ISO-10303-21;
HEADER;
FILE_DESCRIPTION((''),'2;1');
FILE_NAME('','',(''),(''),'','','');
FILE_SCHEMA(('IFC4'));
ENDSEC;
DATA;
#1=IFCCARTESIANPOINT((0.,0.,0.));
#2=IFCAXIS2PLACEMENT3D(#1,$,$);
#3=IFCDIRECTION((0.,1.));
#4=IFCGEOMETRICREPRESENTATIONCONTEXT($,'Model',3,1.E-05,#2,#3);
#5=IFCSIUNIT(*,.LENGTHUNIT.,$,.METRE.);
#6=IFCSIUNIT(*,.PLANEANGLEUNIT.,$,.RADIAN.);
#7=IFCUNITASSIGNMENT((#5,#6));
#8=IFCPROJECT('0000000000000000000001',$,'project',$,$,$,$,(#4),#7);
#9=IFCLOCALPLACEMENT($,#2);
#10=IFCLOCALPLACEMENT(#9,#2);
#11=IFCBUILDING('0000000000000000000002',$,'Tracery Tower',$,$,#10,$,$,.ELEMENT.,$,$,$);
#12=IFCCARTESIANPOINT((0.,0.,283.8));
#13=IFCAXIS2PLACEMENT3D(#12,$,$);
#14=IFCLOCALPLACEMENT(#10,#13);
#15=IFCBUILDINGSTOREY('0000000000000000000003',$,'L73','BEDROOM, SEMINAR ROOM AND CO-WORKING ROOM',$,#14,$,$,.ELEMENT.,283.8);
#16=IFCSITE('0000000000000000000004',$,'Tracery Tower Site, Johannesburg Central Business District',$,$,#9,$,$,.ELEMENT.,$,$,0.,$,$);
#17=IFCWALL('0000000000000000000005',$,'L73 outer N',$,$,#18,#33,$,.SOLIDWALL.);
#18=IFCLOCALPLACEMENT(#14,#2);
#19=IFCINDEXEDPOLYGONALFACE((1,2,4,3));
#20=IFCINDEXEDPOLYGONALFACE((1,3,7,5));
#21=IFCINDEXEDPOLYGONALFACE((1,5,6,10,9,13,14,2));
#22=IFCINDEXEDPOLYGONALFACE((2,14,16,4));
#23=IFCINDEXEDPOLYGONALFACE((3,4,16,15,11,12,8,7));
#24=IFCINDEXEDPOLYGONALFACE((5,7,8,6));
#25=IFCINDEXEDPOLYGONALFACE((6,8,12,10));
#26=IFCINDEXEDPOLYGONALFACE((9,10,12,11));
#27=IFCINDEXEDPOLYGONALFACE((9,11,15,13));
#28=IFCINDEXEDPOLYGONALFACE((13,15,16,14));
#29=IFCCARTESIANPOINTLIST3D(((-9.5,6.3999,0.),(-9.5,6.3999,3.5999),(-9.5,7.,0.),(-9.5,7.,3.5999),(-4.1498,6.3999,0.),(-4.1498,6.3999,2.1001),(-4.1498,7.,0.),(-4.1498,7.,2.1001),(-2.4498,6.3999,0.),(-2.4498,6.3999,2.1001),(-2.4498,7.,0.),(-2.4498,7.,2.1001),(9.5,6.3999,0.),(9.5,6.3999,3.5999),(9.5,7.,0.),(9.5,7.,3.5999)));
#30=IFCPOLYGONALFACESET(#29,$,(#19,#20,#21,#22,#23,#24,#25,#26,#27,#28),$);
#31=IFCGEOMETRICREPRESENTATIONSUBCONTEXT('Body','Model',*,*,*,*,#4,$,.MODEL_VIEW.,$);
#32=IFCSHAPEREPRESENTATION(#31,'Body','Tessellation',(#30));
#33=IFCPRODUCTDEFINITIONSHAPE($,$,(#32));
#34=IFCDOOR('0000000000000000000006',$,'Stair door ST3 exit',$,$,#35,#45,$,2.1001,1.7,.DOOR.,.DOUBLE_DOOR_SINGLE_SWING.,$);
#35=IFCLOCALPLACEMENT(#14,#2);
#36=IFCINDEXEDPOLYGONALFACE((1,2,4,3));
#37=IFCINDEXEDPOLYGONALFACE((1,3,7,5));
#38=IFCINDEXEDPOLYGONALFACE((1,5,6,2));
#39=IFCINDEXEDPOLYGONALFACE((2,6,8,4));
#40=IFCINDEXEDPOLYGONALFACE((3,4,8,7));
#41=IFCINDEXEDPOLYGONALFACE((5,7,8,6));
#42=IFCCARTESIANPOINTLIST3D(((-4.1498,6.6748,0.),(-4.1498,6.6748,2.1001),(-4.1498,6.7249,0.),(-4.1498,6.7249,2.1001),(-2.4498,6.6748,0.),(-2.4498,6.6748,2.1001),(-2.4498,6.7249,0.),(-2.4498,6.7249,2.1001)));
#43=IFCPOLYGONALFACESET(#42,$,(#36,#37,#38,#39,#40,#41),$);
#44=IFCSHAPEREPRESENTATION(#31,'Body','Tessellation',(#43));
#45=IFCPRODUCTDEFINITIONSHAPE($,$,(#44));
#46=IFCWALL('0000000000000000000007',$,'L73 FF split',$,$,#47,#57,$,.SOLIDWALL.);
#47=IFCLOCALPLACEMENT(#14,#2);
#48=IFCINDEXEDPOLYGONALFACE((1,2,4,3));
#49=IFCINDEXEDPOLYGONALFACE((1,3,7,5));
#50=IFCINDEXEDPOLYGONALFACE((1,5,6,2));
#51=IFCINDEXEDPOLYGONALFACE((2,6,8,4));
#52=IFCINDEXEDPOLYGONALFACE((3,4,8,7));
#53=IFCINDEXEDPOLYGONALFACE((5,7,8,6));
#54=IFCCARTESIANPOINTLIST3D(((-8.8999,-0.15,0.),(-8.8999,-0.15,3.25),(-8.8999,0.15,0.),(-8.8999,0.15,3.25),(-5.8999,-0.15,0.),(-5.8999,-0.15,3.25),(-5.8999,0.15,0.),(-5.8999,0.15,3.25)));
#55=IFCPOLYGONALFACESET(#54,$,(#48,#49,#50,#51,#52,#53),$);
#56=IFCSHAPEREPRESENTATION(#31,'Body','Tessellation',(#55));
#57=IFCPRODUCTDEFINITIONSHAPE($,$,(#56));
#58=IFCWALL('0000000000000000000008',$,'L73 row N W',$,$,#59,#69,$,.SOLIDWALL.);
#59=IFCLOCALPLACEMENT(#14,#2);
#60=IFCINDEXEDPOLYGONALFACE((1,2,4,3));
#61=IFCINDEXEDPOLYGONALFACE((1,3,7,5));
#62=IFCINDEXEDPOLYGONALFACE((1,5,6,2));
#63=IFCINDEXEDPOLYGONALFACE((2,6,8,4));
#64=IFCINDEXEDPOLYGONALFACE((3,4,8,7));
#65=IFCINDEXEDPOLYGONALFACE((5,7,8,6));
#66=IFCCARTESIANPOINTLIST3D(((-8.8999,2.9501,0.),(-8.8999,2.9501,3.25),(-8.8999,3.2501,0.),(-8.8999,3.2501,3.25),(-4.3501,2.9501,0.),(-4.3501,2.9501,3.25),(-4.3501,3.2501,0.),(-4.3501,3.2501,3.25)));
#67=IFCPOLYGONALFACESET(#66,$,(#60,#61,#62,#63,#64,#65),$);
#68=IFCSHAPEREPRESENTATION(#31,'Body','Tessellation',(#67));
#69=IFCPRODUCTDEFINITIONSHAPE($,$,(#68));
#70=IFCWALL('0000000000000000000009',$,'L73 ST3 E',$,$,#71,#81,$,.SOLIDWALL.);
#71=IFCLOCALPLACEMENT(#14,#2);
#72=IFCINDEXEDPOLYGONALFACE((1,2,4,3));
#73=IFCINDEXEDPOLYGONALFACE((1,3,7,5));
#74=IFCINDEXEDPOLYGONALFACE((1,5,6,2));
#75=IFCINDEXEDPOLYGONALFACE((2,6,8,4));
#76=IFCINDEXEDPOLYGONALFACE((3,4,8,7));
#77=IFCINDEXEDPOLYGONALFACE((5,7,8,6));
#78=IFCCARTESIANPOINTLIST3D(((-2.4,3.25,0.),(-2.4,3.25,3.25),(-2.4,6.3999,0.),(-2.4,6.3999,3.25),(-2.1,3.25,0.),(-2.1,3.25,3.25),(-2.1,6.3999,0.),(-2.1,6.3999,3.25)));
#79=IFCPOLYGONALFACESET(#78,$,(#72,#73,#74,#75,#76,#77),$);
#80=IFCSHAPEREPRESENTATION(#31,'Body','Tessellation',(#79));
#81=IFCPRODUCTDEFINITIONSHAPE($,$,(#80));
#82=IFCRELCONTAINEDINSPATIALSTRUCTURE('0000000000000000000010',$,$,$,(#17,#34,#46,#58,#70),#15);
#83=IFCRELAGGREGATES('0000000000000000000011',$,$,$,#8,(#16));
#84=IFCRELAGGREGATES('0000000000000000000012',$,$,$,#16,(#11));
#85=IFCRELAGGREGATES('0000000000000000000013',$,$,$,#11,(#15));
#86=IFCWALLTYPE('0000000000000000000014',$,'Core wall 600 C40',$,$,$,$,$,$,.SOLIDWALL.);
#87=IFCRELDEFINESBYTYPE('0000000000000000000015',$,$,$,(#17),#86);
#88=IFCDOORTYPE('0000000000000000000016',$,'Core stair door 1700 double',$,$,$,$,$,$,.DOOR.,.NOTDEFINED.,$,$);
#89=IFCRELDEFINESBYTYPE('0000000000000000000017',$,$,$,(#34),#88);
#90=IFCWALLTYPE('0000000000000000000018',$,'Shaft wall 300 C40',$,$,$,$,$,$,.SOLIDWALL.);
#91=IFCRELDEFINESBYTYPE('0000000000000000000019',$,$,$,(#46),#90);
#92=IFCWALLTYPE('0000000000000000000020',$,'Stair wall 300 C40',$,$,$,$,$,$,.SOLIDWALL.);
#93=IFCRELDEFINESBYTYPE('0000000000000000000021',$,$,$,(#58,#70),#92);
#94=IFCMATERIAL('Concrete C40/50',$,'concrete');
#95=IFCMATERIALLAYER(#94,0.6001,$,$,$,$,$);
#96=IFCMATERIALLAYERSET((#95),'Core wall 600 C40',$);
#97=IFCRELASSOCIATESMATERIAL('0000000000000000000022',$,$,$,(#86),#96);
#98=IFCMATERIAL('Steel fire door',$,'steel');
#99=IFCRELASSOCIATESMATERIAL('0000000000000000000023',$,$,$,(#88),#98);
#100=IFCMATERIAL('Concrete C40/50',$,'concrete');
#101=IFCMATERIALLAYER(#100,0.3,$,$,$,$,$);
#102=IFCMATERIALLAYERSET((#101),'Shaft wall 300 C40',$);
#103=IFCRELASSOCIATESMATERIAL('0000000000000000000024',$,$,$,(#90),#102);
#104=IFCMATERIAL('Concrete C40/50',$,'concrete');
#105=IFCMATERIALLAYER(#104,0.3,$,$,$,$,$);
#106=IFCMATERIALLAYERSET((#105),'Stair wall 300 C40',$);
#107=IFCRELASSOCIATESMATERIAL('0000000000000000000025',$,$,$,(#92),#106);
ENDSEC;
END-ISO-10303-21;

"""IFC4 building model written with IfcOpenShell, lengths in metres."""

from ifc_helpers import new_model, si_unit, direction, frame, frame_2d, origin, place, context, subcontext, project, spatial, rectangle, extrude, material, layer, layer_set, type_object, element, fill, save


model = new_model("IFC4")

# Units and contexts
model_context = context("Model", 3, precision=1e-05, world=origin(), true_north=direction((0.0, 1.0)))
body_context = subcontext(model_context, "Body", "Model", "MODEL_VIEW")
ifc_project = project(units=[si_unit("LENGTHUNIT", "METRE"), si_unit("PLANEANGLEUNIT", "RADIAN")], contexts=[model_context])

# Site, building, storey
site_placement = place(None, origin())
site = spatial("IfcSite", under=ifc_project, at=site_placement, Name="Tracery Tower Site, Johannesburg Central Business District", CompositionType="ELEMENT", RefElevation=0.0)
building_placement = place(site_placement, origin())
building = spatial("IfcBuilding", under=site, at=building_placement, Name="Tracery Tower", CompositionType="ELEMENT")
storey_placement = place(building_placement, frame((0.0, 0.0, 283.8)))
storey = spatial("IfcBuildingStorey", under=building, at=storey_placement, Name="L73", Description="BEDROOM, SEMINAR ROOM AND CO-WORKING ROOM", CompositionType="ELEMENT", Elevation=283.8)

# Wall, opening, door
ifc_material_1 = material(Name="Concrete C40/50", Category="concrete")
ifc_layer_1 = layer(ifc_material_1, 0.6001)
ifc_layer_set_1 = layer_set([ifc_layer_1], Name="Core wall 600 C40")
wall_type_1 = type_object("IfcWallType", Name="Core wall 600 C40", PredefinedType="SOLIDWALL", material=ifc_layer_set_1)
wall_1_placement = place(storey_placement, frame((-9.5, 6.7, 0.0), z_axis=(0.0, 0.0, 1.0), x_axis=(1.0, 0.0, 0.0)))
wall_1 = element("IfcWall", 1, at=wall_1_placement, inside=storey, type_object=wall_type_1, Name="L73 outer N", PredefinedType="SOLIDWALL", context=body_context, shape_type="SweptSolid", body=[
    extrude(rectangle(XDim=19.0, YDim=0.6001, at=frame_2d((9.5, 0.0))), origin(), (0.0, 0.0, 1.0), 3.5999),
])
opening_1_placement = place(wall_1_placement, frame((5.3501, 0.0, 0.0)))
opening_1 = element("IfcOpeningElement", 2, at=opening_1_placement, cuts=wall_1, PredefinedType="OPENING", context=body_context, shape_type="SweptSolid", body=[
    extrude(rectangle(XDim=1.7, YDim=2.1001, at=frame_2d((0.8501, 1.05))), frame((0.0, 0.3, 0.0), z_axis=(0.0, -1.0, 0.0), x_axis=(1.0, 0.0, 0.0)), (0.0, 0.0, 1.0), 0.6001),
])
ifc_material_2 = material(Name="Steel fire door", Category="steel")
door_type_1 = type_object("IfcDoorType", Name="Core stair door 1700 double", OperationType="NOTDEFINED", PredefinedType="DOOR", material=ifc_material_2)
door_1_placement = place(opening_1_placement, origin())
door_1 = element("IfcDoor", 3, at=door_1_placement, inside=storey, type_object=door_type_1, Name="Stair door ST3 exit", OperationType="DOUBLE_DOOR_SINGLE_SWING", OverallHeight=2.1001, OverallWidth=1.7, PredefinedType="DOOR", context=body_context, shape_type="SweptSolid", body=[
    extrude(rectangle(XDim=1.7, YDim=2.1001, at=frame_2d((0.8501, 1.05))), frame((0.0, 0.0249, 0.0), z_axis=(0.0, -1.0, 0.0), x_axis=(1.0, 0.0, 0.0)), (0.0, 0.0, 1.0), 0.05),
])
fill(opening_1, door_1)

# Walls
ifc_material_3 = material(Name="Concrete C40/50", Category="concrete")
ifc_layer_2 = layer(ifc_material_3, 0.3)
ifc_layer_set_2 = layer_set([ifc_layer_2], Name="Shaft wall 300 C40")
wall_type_2 = type_object("IfcWallType", Name="Shaft wall 300 C40", PredefinedType="SOLIDWALL", material=ifc_layer_set_2)
wall_2_placement = place(storey_placement, frame((-8.8999, 0.0, 0.0), z_axis=(0.0, 0.0, 1.0), x_axis=(1.0, 0.0, 0.0)))
element("IfcWall", 4, at=wall_2_placement, inside=storey, type_object=wall_type_2, Name="L73 FF split", PredefinedType="SOLIDWALL", context=body_context, shape_type="SweptSolid", body=[
    extrude(rectangle(XDim=3.0, YDim=0.3, at=frame_2d((1.5, 0.0))), origin(), (0.0, 0.0, 1.0), 3.25),
])
ifc_material_4 = material(Name="Concrete C40/50", Category="concrete")
ifc_layer_3 = layer(ifc_material_4, 0.3)
ifc_layer_set_3 = layer_set([ifc_layer_3], Name="Stair wall 300 C40")
wall_type_3 = type_object("IfcWallType", Name="Stair wall 300 C40", PredefinedType="SOLIDWALL", material=ifc_layer_set_3)
wall_3_placement = place(storey_placement, frame((-8.8999, 3.1001, 0.0), z_axis=(0.0, 0.0, 1.0), x_axis=(1.0, 0.0, 0.0)))
element("IfcWall", 5, at=wall_3_placement, inside=storey, type_object=wall_type_3, Name="L73 row N W", PredefinedType="SOLIDWALL", context=body_context, shape_type="SweptSolid", body=[
    extrude(rectangle(XDim=4.5498, YDim=0.3, at=frame_2d((2.2749, 0.0))), origin(), (0.0, 0.0, 1.0), 3.25),
])

# Wall
wall_4_placement = place(storey_placement, frame((-2.25, 3.25, 0.0), z_axis=(0.0, 0.0, 1.0), x_axis=(0.0, 1.0, 0.0)))
element("IfcWall", 6, at=wall_4_placement, inside=storey, type_object=wall_type_3, Name="L73 ST3 E", PredefinedType="SOLIDWALL", context=body_context, shape_type="SweptSolid", body=[
    extrude(rectangle(XDim=3.1499, YDim=0.3, at=frame_2d((1.575, 0.0))), origin(), (0.0, 0.0, 1.0), 3.25),
])

save(model, "model.ifc")
